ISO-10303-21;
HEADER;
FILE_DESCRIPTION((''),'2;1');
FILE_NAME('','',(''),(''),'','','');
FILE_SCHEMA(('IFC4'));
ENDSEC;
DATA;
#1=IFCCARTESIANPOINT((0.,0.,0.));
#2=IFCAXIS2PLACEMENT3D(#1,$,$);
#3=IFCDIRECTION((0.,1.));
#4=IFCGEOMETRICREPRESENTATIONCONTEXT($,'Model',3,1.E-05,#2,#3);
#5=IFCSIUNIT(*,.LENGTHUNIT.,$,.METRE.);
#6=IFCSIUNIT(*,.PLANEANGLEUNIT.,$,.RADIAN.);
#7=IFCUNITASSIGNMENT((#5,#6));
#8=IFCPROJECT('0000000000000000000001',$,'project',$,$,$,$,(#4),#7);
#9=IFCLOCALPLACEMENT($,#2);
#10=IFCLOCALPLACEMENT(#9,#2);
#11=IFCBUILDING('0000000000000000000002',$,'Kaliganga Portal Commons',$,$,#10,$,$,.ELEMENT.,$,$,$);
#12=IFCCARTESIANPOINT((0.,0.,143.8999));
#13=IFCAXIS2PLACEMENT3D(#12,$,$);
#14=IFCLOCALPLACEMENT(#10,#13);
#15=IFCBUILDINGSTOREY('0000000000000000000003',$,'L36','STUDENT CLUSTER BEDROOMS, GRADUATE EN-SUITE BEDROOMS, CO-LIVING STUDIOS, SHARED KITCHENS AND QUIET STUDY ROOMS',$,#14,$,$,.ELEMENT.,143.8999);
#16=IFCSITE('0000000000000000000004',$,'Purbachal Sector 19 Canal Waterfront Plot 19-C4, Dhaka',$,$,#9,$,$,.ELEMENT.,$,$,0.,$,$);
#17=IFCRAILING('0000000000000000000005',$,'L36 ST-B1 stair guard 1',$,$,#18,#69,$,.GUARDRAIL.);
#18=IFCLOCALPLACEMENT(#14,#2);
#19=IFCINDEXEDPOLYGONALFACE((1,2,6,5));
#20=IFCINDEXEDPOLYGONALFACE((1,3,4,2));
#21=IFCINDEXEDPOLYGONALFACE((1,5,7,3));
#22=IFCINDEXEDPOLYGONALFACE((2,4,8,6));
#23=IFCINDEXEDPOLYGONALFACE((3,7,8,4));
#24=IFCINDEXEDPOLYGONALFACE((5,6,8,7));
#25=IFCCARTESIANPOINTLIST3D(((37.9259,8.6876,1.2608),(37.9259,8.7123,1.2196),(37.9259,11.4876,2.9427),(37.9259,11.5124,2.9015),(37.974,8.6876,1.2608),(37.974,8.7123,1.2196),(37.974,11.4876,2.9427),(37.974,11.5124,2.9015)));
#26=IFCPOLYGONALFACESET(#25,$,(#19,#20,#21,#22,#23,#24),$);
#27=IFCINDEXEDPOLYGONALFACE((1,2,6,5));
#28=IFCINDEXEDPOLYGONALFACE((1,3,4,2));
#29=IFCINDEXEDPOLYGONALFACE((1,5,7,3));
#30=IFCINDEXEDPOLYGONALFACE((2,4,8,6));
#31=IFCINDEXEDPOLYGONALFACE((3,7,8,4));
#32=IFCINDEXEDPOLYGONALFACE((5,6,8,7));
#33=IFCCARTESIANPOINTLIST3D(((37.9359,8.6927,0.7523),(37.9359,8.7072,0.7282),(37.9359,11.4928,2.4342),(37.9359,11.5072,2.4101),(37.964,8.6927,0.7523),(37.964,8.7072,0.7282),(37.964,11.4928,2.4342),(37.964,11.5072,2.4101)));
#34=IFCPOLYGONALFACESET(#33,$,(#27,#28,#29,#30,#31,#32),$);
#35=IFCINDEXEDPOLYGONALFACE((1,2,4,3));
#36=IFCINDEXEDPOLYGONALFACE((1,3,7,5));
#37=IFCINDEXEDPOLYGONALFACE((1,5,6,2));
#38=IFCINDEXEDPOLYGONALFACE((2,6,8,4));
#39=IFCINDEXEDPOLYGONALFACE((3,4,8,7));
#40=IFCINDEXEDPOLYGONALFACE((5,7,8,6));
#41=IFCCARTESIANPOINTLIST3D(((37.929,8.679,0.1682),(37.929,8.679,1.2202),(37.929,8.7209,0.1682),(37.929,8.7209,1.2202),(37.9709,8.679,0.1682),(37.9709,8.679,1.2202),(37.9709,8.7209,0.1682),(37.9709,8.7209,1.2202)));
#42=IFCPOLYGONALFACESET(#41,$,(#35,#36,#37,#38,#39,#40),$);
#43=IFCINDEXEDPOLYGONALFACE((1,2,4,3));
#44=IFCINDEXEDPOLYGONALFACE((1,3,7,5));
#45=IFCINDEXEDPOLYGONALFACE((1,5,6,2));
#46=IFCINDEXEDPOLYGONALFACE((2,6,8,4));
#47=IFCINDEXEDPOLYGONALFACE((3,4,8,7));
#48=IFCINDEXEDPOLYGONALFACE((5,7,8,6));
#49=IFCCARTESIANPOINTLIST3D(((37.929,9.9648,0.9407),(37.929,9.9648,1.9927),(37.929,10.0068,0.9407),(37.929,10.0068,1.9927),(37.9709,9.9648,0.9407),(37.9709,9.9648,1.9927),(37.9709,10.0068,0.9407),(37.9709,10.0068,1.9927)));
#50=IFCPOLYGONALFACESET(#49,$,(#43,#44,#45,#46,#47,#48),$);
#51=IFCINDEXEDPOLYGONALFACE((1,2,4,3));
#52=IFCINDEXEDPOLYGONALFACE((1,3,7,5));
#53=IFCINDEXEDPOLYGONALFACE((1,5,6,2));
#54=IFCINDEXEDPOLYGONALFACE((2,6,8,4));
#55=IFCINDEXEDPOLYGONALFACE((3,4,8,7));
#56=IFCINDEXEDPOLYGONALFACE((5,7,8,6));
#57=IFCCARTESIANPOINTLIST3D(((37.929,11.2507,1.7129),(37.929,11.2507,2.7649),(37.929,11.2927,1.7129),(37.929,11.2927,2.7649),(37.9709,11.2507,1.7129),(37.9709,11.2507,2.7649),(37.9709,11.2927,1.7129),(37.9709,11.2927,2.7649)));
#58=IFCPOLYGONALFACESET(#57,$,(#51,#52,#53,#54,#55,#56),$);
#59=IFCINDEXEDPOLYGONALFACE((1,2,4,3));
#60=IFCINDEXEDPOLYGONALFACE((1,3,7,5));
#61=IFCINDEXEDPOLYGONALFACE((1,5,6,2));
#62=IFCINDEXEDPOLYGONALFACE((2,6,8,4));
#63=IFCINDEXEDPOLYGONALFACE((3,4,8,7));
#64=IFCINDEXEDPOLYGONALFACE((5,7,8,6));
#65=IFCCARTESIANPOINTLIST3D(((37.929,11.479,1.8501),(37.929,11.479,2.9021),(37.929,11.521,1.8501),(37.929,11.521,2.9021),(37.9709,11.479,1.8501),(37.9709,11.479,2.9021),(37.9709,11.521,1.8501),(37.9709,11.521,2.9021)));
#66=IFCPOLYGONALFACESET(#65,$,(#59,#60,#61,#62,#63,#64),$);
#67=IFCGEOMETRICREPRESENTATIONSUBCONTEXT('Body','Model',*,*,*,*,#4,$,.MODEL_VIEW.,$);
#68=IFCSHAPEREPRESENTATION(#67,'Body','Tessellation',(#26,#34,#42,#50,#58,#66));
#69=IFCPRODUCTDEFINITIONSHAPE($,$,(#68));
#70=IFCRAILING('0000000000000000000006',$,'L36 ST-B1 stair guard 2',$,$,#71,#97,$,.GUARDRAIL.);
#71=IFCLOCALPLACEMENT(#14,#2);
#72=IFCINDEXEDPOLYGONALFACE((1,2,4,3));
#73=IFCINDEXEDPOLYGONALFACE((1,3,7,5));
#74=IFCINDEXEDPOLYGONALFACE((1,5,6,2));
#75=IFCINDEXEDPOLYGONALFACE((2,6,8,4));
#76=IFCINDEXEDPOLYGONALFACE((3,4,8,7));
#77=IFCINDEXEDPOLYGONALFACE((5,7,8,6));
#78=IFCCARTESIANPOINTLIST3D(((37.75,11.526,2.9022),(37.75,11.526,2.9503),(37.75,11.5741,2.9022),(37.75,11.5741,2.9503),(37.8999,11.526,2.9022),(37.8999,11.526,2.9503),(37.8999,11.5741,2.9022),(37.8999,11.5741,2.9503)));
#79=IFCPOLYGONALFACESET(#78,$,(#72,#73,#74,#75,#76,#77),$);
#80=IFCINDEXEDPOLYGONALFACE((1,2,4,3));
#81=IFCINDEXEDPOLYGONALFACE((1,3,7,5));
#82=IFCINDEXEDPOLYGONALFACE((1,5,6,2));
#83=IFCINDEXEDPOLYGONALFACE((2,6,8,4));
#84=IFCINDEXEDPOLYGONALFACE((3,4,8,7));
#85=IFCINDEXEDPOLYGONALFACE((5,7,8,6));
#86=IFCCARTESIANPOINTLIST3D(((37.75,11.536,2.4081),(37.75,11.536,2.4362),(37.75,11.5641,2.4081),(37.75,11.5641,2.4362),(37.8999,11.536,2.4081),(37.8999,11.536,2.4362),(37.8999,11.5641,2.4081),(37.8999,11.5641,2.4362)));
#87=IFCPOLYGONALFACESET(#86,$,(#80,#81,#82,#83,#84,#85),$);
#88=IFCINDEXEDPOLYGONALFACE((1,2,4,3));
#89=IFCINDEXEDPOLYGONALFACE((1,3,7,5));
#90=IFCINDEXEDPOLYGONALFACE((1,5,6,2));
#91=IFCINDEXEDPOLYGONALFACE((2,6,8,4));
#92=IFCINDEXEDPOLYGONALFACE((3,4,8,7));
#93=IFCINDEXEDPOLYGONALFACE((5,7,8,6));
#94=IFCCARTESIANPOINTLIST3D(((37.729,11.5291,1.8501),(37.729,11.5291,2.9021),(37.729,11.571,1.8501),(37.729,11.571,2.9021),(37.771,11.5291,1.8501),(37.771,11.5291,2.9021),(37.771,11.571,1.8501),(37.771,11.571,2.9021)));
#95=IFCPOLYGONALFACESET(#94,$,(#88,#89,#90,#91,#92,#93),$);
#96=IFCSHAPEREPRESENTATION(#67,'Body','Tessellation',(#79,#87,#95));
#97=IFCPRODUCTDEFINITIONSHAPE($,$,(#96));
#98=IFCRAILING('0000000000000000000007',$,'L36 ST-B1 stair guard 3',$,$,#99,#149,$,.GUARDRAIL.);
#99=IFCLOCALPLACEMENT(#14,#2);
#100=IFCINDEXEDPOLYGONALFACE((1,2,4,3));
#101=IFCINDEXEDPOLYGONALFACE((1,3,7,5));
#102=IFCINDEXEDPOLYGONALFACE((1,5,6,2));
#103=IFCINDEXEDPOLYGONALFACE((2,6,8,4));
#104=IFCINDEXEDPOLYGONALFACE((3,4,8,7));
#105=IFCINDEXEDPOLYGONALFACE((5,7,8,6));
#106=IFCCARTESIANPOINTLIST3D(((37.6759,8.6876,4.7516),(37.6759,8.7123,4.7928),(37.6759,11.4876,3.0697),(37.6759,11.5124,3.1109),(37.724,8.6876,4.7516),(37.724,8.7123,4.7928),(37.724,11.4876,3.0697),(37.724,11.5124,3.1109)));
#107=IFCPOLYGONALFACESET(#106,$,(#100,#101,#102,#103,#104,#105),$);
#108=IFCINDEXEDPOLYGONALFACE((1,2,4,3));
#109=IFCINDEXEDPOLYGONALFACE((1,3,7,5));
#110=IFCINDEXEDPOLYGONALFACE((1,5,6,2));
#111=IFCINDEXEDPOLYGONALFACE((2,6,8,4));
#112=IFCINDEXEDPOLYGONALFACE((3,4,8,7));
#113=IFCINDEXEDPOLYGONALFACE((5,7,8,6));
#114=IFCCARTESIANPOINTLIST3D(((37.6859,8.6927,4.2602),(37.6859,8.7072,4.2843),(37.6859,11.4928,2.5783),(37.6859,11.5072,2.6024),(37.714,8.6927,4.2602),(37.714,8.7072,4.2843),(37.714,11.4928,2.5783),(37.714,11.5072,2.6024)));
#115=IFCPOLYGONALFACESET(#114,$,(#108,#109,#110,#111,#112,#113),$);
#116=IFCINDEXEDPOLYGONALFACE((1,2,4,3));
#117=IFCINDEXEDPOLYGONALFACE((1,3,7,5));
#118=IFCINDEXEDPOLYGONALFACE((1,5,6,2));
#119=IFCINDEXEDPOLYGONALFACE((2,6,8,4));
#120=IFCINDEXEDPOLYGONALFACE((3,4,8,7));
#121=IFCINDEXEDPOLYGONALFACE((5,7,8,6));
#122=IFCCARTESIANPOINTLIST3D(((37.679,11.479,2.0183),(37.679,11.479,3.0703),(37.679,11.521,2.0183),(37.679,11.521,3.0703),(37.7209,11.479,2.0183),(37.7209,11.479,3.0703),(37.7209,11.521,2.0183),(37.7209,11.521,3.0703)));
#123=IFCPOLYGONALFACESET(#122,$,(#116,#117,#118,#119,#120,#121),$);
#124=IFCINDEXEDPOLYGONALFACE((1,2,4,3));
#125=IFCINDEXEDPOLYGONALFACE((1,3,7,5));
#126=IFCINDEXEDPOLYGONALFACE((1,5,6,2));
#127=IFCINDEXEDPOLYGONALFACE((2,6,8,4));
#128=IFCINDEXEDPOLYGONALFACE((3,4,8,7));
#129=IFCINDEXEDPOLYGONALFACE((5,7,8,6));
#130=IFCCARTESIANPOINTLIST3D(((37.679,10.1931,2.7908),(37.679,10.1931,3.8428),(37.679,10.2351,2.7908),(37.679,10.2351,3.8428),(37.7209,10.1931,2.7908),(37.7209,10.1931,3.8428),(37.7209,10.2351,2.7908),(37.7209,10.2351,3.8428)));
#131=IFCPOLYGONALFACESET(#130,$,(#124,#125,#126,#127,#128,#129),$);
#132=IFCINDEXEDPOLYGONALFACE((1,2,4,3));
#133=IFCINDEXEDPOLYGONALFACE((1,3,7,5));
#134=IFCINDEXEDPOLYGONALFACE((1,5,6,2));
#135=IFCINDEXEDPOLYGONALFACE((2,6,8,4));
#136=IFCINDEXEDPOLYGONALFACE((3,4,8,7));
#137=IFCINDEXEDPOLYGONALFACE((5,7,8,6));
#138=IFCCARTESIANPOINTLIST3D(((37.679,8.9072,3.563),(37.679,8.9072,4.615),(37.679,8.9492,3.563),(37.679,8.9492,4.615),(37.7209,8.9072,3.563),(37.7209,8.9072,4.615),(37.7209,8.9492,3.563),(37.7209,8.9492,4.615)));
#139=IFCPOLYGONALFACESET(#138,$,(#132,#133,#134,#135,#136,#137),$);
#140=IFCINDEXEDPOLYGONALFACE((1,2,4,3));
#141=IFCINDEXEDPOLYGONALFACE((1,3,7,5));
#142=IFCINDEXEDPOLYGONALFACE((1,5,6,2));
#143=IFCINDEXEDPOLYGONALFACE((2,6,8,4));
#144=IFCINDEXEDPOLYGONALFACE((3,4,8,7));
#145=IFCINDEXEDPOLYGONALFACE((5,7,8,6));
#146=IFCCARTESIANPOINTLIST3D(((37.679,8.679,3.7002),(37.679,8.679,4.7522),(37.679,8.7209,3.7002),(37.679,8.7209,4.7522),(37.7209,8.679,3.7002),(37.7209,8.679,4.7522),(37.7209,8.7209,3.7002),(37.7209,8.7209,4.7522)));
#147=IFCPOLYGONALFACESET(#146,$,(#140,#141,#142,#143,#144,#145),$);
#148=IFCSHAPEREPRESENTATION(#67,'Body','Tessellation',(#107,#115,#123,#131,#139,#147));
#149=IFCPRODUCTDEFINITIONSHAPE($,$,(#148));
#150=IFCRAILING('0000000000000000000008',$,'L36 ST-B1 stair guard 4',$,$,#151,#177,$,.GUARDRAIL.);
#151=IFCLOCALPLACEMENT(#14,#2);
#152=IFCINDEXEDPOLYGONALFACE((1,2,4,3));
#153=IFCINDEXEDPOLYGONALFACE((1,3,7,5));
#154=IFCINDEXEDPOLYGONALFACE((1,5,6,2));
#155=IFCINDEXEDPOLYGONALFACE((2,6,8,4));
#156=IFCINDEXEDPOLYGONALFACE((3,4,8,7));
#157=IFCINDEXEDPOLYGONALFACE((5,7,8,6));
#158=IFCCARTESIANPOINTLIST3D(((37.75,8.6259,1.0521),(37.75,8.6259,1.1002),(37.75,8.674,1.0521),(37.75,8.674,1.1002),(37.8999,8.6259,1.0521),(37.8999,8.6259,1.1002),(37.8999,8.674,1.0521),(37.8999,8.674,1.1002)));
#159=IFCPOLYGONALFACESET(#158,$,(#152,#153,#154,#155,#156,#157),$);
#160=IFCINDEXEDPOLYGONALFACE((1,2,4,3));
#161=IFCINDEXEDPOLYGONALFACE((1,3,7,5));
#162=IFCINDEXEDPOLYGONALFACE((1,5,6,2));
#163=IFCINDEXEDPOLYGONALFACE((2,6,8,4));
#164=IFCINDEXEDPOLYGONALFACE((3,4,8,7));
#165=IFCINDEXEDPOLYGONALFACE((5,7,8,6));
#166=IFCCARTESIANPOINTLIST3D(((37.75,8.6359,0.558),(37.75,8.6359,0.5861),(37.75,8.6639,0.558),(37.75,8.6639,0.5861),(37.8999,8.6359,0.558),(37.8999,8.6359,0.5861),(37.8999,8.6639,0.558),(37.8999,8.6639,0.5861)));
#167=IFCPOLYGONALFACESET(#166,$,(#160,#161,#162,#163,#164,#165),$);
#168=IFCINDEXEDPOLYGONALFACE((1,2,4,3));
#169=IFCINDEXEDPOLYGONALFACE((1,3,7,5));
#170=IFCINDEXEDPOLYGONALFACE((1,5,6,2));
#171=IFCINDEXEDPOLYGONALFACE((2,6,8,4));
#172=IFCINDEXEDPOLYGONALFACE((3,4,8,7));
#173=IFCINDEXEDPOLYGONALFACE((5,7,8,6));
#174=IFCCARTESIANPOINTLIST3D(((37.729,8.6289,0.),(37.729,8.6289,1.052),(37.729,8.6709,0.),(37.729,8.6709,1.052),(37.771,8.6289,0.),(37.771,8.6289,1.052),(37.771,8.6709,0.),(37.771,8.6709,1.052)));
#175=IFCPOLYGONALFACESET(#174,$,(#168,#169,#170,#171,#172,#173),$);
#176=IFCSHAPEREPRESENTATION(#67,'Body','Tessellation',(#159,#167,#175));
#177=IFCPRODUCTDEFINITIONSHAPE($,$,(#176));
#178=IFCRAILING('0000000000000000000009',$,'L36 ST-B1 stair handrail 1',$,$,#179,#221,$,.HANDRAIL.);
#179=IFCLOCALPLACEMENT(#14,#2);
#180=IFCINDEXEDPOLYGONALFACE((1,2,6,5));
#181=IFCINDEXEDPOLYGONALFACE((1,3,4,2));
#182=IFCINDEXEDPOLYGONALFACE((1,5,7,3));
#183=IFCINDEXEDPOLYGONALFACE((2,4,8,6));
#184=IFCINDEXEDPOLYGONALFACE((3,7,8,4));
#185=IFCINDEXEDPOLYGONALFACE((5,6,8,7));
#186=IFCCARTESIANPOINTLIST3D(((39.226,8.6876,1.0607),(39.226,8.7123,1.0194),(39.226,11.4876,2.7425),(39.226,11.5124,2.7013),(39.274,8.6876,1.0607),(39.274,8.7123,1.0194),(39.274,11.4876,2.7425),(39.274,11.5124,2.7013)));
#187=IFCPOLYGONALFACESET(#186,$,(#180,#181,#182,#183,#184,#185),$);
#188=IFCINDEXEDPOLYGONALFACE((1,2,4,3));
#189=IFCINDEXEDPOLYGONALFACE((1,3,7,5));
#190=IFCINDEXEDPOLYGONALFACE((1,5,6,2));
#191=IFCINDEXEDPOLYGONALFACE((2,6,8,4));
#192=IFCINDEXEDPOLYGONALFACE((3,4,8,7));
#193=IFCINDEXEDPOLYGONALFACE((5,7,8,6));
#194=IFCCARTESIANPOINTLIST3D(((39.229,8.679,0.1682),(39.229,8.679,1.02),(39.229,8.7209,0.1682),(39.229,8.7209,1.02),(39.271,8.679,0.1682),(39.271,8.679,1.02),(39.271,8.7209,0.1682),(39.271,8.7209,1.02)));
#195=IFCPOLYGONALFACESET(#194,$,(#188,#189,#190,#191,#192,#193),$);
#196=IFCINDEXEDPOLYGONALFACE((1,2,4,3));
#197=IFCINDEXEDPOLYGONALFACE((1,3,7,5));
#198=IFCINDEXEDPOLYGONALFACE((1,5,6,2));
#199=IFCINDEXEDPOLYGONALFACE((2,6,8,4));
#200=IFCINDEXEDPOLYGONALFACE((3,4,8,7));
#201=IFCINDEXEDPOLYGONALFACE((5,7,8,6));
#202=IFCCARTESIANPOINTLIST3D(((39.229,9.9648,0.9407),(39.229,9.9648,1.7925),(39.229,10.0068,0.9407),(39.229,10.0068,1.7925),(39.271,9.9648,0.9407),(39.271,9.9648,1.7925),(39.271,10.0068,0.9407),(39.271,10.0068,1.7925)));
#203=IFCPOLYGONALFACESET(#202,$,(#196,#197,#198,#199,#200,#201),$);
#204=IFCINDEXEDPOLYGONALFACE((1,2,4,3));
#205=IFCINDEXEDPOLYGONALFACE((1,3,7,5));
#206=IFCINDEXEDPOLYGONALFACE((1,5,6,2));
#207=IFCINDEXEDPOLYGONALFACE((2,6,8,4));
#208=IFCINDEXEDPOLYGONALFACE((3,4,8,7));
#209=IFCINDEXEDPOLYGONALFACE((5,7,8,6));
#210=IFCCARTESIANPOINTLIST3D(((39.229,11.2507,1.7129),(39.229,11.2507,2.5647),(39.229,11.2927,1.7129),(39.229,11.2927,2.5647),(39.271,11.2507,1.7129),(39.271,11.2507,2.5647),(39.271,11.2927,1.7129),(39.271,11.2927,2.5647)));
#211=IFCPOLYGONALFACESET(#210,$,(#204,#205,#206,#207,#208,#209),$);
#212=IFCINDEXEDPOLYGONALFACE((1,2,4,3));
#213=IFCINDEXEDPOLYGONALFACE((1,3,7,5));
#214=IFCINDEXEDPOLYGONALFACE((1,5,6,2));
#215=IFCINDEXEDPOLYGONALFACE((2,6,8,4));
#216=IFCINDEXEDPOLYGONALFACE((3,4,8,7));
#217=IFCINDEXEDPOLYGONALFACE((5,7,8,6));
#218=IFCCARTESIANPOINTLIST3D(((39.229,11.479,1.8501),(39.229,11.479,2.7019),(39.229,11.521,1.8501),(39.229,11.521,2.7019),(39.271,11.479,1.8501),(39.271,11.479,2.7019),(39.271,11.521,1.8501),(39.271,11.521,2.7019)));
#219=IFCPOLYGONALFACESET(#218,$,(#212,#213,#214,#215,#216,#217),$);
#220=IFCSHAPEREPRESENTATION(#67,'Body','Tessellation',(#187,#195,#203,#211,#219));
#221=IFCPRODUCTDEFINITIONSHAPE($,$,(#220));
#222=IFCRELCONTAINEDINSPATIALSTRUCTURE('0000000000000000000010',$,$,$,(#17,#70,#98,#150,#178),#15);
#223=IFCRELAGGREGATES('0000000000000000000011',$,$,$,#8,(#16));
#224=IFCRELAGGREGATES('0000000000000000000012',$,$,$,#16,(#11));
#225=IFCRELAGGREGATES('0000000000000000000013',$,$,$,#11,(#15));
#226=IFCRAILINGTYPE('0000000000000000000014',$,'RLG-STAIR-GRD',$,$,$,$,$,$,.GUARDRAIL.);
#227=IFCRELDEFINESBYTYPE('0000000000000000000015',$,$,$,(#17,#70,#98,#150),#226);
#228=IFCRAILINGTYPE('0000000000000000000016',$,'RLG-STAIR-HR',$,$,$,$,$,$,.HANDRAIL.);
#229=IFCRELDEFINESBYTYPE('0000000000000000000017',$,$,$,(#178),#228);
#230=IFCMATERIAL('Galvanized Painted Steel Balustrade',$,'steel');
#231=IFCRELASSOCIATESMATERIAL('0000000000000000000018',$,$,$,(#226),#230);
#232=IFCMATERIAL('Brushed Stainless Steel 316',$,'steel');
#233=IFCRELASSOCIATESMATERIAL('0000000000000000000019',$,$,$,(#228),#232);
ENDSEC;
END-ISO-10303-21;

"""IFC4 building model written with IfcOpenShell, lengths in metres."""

from ifc_helpers import new_model, si_unit, direction, frame, origin, origin_2d, place, context, subcontext, project, spatial, rectangle, extrude, material, type_object, element, save


model = new_model("IFC4")

# Units and contexts
model_context = context("Model", 3, precision=1e-05, world=origin(), true_north=direction((0.0, 1.0)))
body_context = subcontext(model_context, "Body", "Model", "MODEL_VIEW")
ifc_project = project(units=[si_unit("LENGTHUNIT", "METRE"), si_unit("PLANEANGLEUNIT", "RADIAN")], contexts=[model_context])

# Site, building, storey
site_placement = place(None, origin())
site = spatial("IfcSite", under=ifc_project, at=site_placement, Name="Purbachal Sector 19 Canal Waterfront Plot 19-C4, Dhaka", CompositionType="ELEMENT", RefElevation=0.0)
building_placement = place(site_placement, origin())
building = spatial("IfcBuilding", under=site, at=building_placement, Name="Kaliganga Portal Commons", CompositionType="ELEMENT")
storey_placement = place(building_placement, frame((0.0, 0.0, 143.8999)))
storey = spatial("IfcBuildingStorey", under=building, at=storey_placement, Name="L36", Description="STUDENT CLUSTER BEDROOMS, GRADUATE EN-SUITE BEDROOMS, CO-LIVING STUDIOS, SHARED KITCHENS AND QUIET STUDY ROOMS", CompositionType="ELEMENT", Elevation=143.8999)

# Railings
ifc_material_1 = material(Name="Galvanized Painted Steel Balustrade", Category="steel")
railing_type_1 = type_object("IfcRailingType", Name="RLG-STAIR-GRD", PredefinedType="GUARDRAIL", material=ifc_material_1)
railing_1_placement = place(storey_placement, frame((37.95, 8.7, 0.1682)))
element("IfcRailing", 1, at=railing_1_placement, inside=storey, type_object=railing_type_1, Name="L36 ST-B1 stair guard 1", PredefinedType="GUARDRAIL", context=body_context, shape_type="SweptSolid", body=[
    extrude(rectangle(XDim=0.0481, YDim=0.0481, at=origin_2d()), frame((0.0, 0.0, 1.072), z_axis=(0.0, 0.857242, 0.514913), x_axis=(-1.0, 0.0, 0.0)), (0.0, 0.0, 1.0), 3.2664),
    extrude(rectangle(XDim=0.0281, YDim=0.0281, at=origin_2d()), frame((0.0, 0.0, 0.572), z_axis=(0.0, 0.857242, 0.514913), x_axis=(-1.0, 0.0, 0.0)), (0.0, 0.0, 1.0), 3.2664),
    extrude(rectangle(XDim=0.042, YDim=0.042, at=origin_2d()), origin(), (0.0, 0.0, 1.0), 1.052),
    extrude(rectangle(XDim=0.042, YDim=0.042, at=origin_2d()), frame((0.0, 1.2859, 0.7725)), (0.0, 0.0, 1.0), 1.052),
    extrude(rectangle(XDim=0.042, YDim=0.042, at=origin_2d()), frame((0.0, 2.5718, 1.5447)), (0.0, 0.0, 1.0), 1.052),
    extrude(rectangle(XDim=0.042, YDim=0.042, at=origin_2d()), frame((0.0, 2.8, 1.6819)), (0.0, 0.0, 1.0), 1.052),
])
railing_2_placement = place(storey_placement, frame((37.8999, 11.55, 1.8501)))
element("IfcRailing", 2, at=railing_2_placement, inside=storey, type_object=railing_type_1, Name="L36 ST-B1 stair guard 2", PredefinedType="GUARDRAIL", context=body_context, shape_type="SweptSolid", body=[
    extrude(rectangle(XDim=0.0481, YDim=0.0481, at=origin_2d()), frame((0.0, 0.0, 1.0762), z_axis=(-1.0, 0.0, 0.0), x_axis=(0.0, -1.0, 0.0)), (0.0, 0.0, 1.0), 0.1499),
    extrude(rectangle(XDim=0.0281, YDim=0.0281, at=origin_2d()), frame((0.0, 0.0, 0.572), z_axis=(-1.0, 0.0, 0.0), x_axis=(0.0, -1.0, 0.0)), (0.0, 0.0, 1.0), 0.1499),
    extrude(rectangle(XDim=0.042, YDim=0.042, at=origin_2d()), frame((-0.1499, 0.0, 0.0)), (0.0, 0.0, 1.0), 1.052),
])
railing_3_placement = place(storey_placement, frame((37.7, 11.5, 2.0183)))
element("IfcRailing", 3, at=railing_3_placement, inside=storey, type_object=railing_type_1, Name="L36 ST-B1 stair guard 3", PredefinedType="GUARDRAIL", context=body_context, shape_type="SweptSolid", body=[
    extrude(rectangle(XDim=0.0481, YDim=0.0481, at=origin_2d()), frame((0.0, 0.0, 1.072), z_axis=(0.0, -0.857242, 0.514913), x_axis=(1.0, 0.0, 0.0)), (0.0, 0.0, 1.0), 3.2664),
    extrude(rectangle(XDim=0.0281, YDim=0.0281, at=origin_2d()), frame((0.0, 0.0, 0.572), z_axis=(0.0, -0.857242, 0.514913), x_axis=(1.0, 0.0, 0.0)), (0.0, 0.0, 1.0), 3.2664),
    extrude(rectangle(XDim=0.042, YDim=0.042, at=origin_2d()), origin(), (0.0, 0.0, 1.0), 1.052),
    extrude(rectangle(XDim=0.042, YDim=0.042, at=origin_2d()), frame((0.0, -1.2859, 0.7725)), (0.0, 0.0, 1.0), 1.052),
    extrude(rectangle(XDim=0.042, YDim=0.042, at=origin_2d()), frame((0.0, -2.5718, 1.5447)), (0.0, 0.0, 1.0), 1.052),
    extrude(rectangle(XDim=0.042, YDim=0.042, at=origin_2d()), frame((0.0, -2.8, 1.6819)), (0.0, 0.0, 1.0), 1.052),
])
railing_4_placement = place(storey_placement, frame((37.8999, 8.6499, 0.0)))
element("IfcRailing", 4, at=railing_4_placement, inside=storey, type_object=railing_type_1, Name="L36 ST-B1 stair guard 4", PredefinedType="GUARDRAIL", context=body_context, shape_type="SweptSolid", body=[
    extrude(rectangle(XDim=0.0481, YDim=0.0481, at=origin_2d()), frame((0.0, 0.0, 1.0762), z_axis=(-1.0, 0.0, 0.0), x_axis=(0.0, -1.0, 0.0)), (0.0, 0.0, 1.0), 0.1499),
    extrude(rectangle(XDim=0.0281, YDim=0.0281, at=origin_2d()), frame((0.0, 0.0, 0.572), z_axis=(-1.0, 0.0, 0.0), x_axis=(0.0, -1.0, 0.0)), (0.0, 0.0, 1.0), 0.1499),
    extrude(rectangle(XDim=0.042, YDim=0.042, at=origin_2d()), frame((-0.1499, 0.0, 0.0)), (0.0, 0.0, 1.0), 1.052),
])
ifc_material_2 = material(Name="Brushed Stainless Steel 316", Category="steel")
railing_type_2 = type_object("IfcRailingType", Name="RLG-STAIR-HR", PredefinedType="HANDRAIL", material=ifc_material_2)
railing_5_placement = place(storey_placement, frame((39.25, 8.7, 0.1682)))
element("IfcRailing", 5, at=railing_5_placement, inside=storey, type_object=railing_type_2, Name="L36 ST-B1 stair handrail 1", PredefinedType="HANDRAIL", context=body_context, shape_type="SweptSolid", body=[
    extrude(rectangle(XDim=0.0481, YDim=0.0481, at=origin_2d()), frame((0.0, 0.0, 0.8718), z_axis=(0.0, 0.857242, 0.514913), x_axis=(-1.0, 0.0, 0.0)), (0.0, 0.0, 1.0), 3.2664),
    extrude(rectangle(XDim=0.042, YDim=0.042, at=origin_2d()), origin(), (0.0, 0.0, 1.0), 0.8518),
    extrude(rectangle(XDim=0.042, YDim=0.042, at=origin_2d()), frame((0.0, 1.2859, 0.7725)), (0.0, 0.0, 1.0), 0.8518),
    extrude(rectangle(XDim=0.042, YDim=0.042, at=origin_2d()), frame((0.0, 2.5718, 1.5447)), (0.0, 0.0, 1.0), 0.8518),
    extrude(rectangle(XDim=0.042, YDim=0.042, at=origin_2d()), frame((0.0, 2.8, 1.6819)), (0.0, 0.0, 1.0), 0.8518),
])

save(model, "model.ifc")
